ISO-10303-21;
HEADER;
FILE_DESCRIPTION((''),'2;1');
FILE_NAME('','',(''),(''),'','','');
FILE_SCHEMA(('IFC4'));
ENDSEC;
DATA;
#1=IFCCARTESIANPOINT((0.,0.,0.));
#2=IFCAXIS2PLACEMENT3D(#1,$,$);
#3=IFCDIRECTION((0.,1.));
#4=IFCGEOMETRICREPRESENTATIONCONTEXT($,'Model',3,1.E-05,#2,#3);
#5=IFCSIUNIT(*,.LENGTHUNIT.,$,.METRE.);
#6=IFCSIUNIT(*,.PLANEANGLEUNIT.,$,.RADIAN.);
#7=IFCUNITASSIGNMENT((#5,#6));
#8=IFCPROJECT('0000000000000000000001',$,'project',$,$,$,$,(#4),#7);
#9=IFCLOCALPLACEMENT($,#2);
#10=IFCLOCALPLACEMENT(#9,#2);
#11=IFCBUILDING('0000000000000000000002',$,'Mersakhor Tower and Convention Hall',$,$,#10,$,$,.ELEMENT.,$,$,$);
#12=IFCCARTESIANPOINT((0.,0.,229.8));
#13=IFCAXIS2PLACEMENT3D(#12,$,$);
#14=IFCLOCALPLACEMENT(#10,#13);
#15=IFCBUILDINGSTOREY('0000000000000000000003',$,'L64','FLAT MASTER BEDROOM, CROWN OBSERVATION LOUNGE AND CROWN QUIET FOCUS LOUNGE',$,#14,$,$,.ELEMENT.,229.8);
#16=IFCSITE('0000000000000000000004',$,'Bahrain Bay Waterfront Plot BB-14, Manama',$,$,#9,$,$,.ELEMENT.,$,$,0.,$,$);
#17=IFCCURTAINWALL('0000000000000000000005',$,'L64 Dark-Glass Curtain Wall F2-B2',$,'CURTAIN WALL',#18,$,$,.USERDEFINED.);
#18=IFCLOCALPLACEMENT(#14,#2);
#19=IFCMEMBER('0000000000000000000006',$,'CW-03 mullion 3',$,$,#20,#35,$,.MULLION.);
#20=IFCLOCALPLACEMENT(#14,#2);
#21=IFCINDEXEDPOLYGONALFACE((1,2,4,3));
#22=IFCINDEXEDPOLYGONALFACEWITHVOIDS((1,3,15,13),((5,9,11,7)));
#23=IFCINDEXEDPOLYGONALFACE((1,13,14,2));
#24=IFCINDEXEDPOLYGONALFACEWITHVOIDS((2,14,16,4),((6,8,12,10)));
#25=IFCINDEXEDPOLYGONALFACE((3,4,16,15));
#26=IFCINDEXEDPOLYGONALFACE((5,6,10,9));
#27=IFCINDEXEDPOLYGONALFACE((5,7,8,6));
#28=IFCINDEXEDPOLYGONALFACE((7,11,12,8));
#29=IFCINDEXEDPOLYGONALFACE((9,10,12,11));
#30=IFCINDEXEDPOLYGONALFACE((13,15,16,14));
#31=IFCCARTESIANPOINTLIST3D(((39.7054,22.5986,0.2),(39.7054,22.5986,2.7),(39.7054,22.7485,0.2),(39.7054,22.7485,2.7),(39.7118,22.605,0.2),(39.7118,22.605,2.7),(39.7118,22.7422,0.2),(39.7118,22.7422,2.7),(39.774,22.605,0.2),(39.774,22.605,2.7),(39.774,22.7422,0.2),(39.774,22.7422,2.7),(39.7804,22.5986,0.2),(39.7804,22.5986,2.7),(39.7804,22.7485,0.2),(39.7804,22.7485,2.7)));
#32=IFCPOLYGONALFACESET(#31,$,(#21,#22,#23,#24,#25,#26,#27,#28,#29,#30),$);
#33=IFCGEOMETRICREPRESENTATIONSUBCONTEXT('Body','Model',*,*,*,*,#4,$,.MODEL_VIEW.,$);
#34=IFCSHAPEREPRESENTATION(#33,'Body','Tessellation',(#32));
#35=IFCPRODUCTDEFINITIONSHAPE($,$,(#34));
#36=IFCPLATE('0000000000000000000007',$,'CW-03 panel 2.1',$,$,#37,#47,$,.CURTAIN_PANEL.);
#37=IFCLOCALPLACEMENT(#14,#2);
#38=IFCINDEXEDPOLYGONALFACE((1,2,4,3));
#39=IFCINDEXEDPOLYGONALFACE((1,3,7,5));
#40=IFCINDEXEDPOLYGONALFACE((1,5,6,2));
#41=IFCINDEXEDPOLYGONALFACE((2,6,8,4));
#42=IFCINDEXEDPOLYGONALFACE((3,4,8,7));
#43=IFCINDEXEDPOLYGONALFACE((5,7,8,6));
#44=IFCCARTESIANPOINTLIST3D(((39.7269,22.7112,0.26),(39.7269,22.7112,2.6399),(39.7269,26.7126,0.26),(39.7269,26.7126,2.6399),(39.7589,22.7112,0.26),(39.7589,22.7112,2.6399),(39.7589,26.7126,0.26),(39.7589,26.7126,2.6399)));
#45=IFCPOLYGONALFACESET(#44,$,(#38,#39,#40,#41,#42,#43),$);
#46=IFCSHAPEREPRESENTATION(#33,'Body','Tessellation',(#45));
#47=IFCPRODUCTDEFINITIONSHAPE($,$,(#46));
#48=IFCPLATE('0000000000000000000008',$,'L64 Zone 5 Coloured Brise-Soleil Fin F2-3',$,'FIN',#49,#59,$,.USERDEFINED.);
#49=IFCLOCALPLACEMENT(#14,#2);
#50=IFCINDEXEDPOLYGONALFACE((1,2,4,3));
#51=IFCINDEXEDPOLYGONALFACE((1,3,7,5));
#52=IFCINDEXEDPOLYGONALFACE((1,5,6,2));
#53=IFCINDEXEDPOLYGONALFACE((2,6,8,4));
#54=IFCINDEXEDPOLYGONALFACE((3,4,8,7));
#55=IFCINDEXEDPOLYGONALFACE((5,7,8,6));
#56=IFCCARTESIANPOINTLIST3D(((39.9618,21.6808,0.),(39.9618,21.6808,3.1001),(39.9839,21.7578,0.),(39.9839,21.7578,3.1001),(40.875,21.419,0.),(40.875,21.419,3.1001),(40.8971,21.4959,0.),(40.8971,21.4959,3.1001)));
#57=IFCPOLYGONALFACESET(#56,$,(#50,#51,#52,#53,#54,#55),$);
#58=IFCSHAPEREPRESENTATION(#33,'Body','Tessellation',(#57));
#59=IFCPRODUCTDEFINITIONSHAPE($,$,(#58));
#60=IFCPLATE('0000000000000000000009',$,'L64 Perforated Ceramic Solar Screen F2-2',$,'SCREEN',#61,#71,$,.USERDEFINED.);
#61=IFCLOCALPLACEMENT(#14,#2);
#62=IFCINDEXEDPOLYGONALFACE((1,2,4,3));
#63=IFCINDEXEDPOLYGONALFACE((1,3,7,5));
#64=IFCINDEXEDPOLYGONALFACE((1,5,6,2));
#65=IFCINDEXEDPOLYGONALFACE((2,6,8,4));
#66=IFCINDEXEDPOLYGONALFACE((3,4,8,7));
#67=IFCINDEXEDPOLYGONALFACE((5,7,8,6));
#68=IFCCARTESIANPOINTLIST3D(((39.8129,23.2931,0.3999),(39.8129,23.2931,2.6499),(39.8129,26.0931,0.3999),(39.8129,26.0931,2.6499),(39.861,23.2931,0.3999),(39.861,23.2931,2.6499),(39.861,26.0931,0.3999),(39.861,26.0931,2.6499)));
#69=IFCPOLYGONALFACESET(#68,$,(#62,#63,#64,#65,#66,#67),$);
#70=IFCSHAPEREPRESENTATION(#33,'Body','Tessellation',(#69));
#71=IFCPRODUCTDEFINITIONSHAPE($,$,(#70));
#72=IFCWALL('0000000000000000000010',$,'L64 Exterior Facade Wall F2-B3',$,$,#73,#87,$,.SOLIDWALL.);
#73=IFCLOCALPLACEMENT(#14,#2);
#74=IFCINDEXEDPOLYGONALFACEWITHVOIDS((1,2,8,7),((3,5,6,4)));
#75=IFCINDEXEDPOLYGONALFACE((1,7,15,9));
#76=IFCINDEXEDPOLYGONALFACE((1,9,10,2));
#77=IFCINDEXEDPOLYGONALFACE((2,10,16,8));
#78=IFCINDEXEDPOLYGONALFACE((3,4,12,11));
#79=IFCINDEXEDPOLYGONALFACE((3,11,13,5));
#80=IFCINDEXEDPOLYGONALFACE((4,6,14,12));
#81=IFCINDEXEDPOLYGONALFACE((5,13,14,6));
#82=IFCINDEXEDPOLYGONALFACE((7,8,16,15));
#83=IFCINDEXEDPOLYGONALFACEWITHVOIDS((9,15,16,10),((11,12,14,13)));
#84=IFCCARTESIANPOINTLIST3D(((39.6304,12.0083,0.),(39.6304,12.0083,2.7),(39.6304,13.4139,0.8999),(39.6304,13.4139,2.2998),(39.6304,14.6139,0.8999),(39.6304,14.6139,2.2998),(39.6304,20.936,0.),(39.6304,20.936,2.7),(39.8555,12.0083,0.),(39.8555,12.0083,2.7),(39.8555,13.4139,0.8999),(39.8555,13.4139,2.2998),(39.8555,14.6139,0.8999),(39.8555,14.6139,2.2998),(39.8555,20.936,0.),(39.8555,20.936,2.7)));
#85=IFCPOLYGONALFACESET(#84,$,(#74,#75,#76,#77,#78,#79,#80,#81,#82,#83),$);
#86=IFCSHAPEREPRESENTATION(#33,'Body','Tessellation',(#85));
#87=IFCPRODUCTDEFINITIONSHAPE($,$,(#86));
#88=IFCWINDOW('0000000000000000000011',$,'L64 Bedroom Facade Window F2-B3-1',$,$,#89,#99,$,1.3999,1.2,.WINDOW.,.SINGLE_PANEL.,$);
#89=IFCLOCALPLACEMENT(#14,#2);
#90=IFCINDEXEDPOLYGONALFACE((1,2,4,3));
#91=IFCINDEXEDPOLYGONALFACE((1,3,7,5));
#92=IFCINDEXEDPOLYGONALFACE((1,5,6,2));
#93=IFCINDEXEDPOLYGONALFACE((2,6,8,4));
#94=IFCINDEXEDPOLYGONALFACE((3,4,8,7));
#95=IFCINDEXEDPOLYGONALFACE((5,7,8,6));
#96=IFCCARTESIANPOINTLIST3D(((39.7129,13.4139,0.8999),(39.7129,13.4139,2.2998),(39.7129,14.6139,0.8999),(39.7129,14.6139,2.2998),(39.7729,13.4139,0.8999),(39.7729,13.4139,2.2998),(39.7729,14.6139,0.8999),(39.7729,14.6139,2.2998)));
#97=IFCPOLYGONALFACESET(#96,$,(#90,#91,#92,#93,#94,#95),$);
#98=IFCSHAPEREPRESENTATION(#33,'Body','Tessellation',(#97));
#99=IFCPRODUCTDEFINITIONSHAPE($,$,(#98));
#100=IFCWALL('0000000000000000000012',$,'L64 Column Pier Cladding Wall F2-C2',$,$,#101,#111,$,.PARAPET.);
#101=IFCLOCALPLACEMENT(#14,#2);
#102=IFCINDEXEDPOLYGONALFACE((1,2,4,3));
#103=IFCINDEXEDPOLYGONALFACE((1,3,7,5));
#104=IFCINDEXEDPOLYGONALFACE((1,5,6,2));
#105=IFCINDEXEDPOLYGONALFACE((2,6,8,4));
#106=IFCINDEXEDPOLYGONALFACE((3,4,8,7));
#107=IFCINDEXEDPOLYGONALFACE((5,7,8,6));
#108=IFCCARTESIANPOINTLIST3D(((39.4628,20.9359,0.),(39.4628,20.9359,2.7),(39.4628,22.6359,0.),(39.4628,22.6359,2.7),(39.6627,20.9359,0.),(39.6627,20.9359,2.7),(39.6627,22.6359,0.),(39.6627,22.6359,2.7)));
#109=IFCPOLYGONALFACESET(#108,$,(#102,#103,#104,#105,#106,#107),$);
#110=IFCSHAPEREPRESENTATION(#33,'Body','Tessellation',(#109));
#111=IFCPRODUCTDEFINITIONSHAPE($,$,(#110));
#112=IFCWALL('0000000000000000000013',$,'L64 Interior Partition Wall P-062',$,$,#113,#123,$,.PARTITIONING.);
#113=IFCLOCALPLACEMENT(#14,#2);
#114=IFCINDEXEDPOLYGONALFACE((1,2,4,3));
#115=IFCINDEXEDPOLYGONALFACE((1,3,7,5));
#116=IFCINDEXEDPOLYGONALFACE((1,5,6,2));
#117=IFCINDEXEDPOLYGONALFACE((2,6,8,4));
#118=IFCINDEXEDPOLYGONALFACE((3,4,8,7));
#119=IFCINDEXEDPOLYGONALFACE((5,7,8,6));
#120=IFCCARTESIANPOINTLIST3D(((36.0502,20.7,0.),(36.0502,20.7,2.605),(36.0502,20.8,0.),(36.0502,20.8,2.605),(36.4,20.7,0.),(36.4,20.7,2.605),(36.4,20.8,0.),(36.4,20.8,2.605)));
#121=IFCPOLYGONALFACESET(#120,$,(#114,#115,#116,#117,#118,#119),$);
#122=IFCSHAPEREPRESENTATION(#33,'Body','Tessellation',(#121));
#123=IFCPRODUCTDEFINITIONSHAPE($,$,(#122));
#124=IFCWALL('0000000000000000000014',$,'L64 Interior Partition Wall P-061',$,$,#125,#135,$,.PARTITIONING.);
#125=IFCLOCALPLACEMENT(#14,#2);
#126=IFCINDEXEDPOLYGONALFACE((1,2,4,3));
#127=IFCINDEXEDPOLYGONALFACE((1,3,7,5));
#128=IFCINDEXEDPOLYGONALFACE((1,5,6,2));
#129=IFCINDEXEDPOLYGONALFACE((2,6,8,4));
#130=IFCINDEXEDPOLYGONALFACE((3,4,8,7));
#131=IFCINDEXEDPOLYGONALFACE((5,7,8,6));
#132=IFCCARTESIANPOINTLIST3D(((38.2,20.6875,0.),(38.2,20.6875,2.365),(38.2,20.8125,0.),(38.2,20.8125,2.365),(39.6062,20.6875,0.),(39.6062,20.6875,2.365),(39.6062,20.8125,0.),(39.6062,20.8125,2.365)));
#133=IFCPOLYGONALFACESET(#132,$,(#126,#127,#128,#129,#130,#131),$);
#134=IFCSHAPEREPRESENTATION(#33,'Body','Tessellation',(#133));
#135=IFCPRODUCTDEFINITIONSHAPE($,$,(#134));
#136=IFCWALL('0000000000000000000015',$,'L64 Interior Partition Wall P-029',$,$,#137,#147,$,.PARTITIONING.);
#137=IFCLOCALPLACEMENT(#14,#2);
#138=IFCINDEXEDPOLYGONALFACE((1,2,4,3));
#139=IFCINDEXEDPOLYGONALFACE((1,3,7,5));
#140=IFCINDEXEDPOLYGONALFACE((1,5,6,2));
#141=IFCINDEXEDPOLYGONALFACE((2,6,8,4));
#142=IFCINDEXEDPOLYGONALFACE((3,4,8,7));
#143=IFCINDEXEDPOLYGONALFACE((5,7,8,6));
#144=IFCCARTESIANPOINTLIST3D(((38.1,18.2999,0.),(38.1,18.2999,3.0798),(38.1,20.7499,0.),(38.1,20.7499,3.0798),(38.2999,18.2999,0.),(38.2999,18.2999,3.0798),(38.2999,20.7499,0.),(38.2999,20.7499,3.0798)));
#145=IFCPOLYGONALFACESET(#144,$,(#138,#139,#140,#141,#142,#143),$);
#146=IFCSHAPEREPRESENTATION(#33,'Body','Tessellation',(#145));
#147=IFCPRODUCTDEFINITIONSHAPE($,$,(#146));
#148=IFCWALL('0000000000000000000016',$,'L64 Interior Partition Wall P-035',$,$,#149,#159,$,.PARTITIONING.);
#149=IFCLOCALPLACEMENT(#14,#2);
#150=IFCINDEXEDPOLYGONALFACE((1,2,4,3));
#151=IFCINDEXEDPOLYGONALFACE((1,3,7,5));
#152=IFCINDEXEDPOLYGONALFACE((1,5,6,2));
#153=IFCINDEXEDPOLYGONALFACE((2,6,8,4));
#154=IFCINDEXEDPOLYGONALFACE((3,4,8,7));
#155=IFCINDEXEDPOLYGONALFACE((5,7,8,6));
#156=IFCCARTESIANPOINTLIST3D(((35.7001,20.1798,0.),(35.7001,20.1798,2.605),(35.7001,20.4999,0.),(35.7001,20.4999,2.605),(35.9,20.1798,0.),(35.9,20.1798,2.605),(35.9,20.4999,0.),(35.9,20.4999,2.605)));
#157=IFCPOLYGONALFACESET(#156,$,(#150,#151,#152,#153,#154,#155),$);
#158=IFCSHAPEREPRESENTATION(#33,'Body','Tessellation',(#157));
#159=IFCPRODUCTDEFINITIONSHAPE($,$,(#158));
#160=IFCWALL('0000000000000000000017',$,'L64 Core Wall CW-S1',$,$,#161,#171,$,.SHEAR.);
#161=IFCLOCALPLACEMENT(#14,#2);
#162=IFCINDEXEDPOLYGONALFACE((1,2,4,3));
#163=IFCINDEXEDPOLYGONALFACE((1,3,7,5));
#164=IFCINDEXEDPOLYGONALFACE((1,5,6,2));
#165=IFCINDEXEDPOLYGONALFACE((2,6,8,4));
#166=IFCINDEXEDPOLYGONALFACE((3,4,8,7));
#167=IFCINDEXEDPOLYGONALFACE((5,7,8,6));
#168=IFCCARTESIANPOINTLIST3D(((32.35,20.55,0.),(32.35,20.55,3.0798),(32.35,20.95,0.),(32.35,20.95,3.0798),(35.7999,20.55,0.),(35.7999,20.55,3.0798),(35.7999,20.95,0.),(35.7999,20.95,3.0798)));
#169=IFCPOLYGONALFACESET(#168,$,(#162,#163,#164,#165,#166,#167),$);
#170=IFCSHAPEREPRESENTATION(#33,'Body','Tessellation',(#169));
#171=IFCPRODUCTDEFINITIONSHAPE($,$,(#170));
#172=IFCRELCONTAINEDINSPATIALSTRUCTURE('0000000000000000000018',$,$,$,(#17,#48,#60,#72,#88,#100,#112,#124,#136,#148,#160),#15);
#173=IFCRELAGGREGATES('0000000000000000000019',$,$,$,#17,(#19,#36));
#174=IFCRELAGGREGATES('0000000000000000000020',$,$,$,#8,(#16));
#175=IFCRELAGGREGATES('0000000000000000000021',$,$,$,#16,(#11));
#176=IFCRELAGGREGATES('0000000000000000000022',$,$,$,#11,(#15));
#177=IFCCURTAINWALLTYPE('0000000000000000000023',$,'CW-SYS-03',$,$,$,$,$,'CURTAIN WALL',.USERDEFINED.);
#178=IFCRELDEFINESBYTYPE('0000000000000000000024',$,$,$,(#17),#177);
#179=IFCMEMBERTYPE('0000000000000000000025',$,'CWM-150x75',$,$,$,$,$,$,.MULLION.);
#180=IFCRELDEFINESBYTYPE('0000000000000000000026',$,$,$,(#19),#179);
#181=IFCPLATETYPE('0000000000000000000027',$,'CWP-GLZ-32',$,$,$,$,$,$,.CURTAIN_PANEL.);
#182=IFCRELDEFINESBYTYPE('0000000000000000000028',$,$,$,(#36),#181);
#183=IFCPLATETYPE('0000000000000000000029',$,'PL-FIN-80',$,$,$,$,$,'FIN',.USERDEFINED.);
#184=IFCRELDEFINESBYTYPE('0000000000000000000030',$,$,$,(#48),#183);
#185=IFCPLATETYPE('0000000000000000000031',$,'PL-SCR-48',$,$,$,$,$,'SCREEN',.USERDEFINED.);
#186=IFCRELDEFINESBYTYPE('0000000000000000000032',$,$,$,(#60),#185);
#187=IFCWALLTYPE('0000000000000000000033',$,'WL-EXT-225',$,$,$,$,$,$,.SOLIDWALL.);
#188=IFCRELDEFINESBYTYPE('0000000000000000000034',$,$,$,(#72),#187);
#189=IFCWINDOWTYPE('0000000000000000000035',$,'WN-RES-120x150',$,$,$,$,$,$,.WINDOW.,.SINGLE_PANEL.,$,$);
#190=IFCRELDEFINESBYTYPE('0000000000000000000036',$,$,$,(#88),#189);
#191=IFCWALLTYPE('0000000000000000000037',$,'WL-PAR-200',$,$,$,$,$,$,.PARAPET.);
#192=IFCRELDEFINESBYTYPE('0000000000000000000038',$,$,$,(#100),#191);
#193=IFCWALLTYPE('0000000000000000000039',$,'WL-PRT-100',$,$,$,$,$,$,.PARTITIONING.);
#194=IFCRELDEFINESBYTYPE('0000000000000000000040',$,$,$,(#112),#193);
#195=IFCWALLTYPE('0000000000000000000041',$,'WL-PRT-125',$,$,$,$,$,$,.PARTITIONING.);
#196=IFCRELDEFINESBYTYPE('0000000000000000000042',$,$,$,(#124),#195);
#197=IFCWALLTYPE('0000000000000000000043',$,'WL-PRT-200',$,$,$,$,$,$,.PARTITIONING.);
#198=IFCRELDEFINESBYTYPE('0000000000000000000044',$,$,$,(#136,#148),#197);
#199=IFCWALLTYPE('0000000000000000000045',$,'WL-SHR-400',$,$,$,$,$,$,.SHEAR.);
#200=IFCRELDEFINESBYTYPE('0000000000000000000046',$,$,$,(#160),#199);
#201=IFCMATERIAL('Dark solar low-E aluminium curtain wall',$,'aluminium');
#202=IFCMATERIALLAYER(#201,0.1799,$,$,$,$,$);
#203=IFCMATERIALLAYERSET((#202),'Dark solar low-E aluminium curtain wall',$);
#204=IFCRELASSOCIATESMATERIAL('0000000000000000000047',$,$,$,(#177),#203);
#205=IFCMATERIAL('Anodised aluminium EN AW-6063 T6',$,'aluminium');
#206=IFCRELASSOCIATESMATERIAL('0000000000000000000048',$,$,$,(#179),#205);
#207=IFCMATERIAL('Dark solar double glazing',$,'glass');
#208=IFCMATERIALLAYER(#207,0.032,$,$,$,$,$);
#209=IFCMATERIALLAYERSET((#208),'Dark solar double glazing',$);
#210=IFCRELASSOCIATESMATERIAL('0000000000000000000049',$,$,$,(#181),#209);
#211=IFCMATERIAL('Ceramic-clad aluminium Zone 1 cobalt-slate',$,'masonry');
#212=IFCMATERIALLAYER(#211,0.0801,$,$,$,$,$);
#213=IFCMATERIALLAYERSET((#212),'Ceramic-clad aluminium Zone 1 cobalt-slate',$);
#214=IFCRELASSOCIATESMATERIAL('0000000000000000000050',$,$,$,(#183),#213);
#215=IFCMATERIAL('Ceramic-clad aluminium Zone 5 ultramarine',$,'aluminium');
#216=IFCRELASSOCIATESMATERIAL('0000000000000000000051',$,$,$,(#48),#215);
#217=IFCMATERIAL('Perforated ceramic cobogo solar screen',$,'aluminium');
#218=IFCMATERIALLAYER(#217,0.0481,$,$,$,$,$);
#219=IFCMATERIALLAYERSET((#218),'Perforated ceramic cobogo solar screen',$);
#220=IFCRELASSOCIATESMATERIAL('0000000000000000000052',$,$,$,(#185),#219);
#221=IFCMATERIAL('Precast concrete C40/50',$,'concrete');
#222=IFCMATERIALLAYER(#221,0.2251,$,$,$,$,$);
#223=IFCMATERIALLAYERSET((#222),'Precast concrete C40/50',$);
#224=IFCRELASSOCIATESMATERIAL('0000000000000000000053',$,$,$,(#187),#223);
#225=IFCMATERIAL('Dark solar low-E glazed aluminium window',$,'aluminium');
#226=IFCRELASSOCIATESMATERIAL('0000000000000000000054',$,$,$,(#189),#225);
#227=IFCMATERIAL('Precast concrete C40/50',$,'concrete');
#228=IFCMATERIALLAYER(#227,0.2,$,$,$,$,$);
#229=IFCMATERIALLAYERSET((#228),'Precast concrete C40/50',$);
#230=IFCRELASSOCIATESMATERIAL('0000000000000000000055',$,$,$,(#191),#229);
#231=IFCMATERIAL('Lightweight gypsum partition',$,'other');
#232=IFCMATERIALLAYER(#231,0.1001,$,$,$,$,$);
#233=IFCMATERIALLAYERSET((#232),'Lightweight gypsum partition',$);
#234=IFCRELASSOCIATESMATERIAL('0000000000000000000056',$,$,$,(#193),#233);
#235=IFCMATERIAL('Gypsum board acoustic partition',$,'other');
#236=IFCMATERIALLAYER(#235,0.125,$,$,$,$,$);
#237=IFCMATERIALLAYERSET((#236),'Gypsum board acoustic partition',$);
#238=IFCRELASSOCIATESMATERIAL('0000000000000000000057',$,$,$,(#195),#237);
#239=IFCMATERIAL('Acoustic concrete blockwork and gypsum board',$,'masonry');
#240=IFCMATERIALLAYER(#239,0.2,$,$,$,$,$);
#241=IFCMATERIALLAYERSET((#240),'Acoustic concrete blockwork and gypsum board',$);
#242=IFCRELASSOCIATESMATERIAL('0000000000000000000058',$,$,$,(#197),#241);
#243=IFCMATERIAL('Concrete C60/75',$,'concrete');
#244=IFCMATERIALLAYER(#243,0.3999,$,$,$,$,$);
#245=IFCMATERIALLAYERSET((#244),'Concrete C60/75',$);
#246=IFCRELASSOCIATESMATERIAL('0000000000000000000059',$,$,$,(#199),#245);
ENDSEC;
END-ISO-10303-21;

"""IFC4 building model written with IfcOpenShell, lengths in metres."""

from ifc_helpers import new_model, si_unit, direction, frame, frame_2d, origin, origin_2d, place, context, subcontext, project, spatial, rectangle, hollow_rectangle, extrude, material, layer, layer_set, material_profile, profile_set, type_object, element, fill, aggregate, save


model = new_model("IFC4")

# Units and contexts
model_context = context("Model", 3, precision=1e-05, world=origin(), true_north=direction((0.0, 1.0)))
body_context = subcontext(model_context, "Body", "Model", "MODEL_VIEW")
ifc_project = project(units=[si_unit("LENGTHUNIT", "METRE"), si_unit("PLANEANGLEUNIT", "RADIAN")], contexts=[model_context])

# Site, building, storey
site_placement = place(None, origin())
site = spatial("IfcSite", under=ifc_project, at=site_placement, Name="Bahrain Bay Waterfront Plot BB-14, Manama", CompositionType="ELEMENT", RefElevation=0.0)
building_placement = place(site_placement, origin())
building = spatial("IfcBuilding", under=site, at=building_placement, Name="Mersakhor Tower and Convention Hall", CompositionType="ELEMENT")
storey_placement = place(building_placement, frame((0.0, 0.0, 229.8)))
storey = spatial("IfcBuildingStorey", under=building, at=storey_placement, Name="L64", Description="FLAT MASTER BEDROOM, CROWN OBSERVATION LOUNGE AND CROWN QUIET FOCUS LOUNGE", CompositionType="ELEMENT", Elevation=229.8)

# Curtain wall, member, plate
ifc_material_1 = material(Name="Dark solar low-E aluminium curtain wall", Category="aluminium")
ifc_layer_1 = layer(ifc_material_1, 0.1799)
ifc_layer_set_1 = layer_set([ifc_layer_1], Name="Dark solar low-E aluminium curtain wall")
curtain_wall_type = type_object("IfcCurtainWallType", Name="CW-SYS-03", ElementType="CURTAIN WALL", PredefinedType="USERDEFINED", material=ifc_layer_set_1)
curtain_wall_placement = place(storey_placement, origin())
curtain_wall = element("IfcCurtainWall", 1, at=curtain_wall_placement, inside=storey, type_object=curtain_wall_type, Name="L64 Dark-Glass Curtain Wall F2-B2", ObjectType="CURTAIN WALL", PredefinedType="USERDEFINED")
ifc_material_2 = material(Name="Anodised aluminium EN AW-6063 T6", Category="aluminium")
ifc_material_profile = material_profile(ifc_material_2, hollow_rectangle(XDim=0.075, YDim=0.1499, WallThickness=0.0063, at=origin_2d()), Name="RHS 150x75x6.3")
ifc_profile_set = profile_set([ifc_material_profile], Name="Anodised aluminium EN AW-6063 T6")
member_type = type_object("IfcMemberType", Name="CWM-150x75", PredefinedType="MULLION", material=ifc_profile_set)
member_placement = place(storey_placement, frame((39.7429, 22.6736, 0.2), z_axis=(0.0, 0.0, 1.0), x_axis=(1.0, 0.0, 0.0)))
member = element("IfcMember", 2, at=member_placement, type_object=member_type, Name="CW-03 mullion 3", PredefinedType="MULLION", context=body_context, shape_type="SweptSolid", body=[
    extrude(hollow_rectangle(XDim=0.075, YDim=0.1499, WallThickness=0.0063, at=origin_2d()), origin(), (0.0, 0.0, 1.0), 2.5),
])
ifc_material_3 = material(Name="Dark solar double glazing", Category="glass")
ifc_layer_2 = layer(ifc_material_3, 0.032)
ifc_layer_set_2 = layer_set([ifc_layer_2], Name="Dark solar double glazing")
plate_type_1 = type_object("IfcPlateType", Name="CWP-GLZ-32", PredefinedType="CURTAIN_PANEL", material=ifc_layer_set_2)
plate_1_placement = place(storey_placement, frame((39.7429, 24.7119, 0.26), z_axis=(0.0, 0.0, 1.0), x_axis=(0.0, -1.0, 0.0)))
plate_1 = element("IfcPlate", 3, at=plate_1_placement, type_object=plate_type_1, Name="CW-03 panel 2.1", PredefinedType="CURTAIN_PANEL", context=body_context, shape_type="SweptSolid", body=[
    extrude(rectangle(XDim=4.0015, YDim=0.032, at=origin_2d()), origin(), (0.0, 0.0, 1.0), 2.3799),
])
aggregate(curtain_wall, [member, plate_1])

# Plates
ifc_material_4 = material(Name="Ceramic-clad aluminium Zone 5 ultramarine", Category="aluminium")
ifc_material_5 = material(Name="Ceramic-clad aluminium Zone 1 cobalt-slate", Category="masonry")
ifc_layer_3 = layer(ifc_material_5, 0.0801)
ifc_layer_set_3 = layer_set([ifc_layer_3], Name="Ceramic-clad aluminium Zone 1 cobalt-slate")
plate_type_2 = type_object("IfcPlateType", Name="PL-FIN-80", ElementType="FIN", PredefinedType="USERDEFINED", material=ifc_layer_set_3)
plate_2_placement = place(storey_placement, frame((40.4294, 21.5884, 0.0), z_axis=(0.0, 0.0, 1.0), x_axis=(0.961262, -0.275637, 0.0)))
element("IfcPlate", 4, at=plate_2_placement, inside=storey, type_object=plate_type_2, material=ifc_material_4, Name="L64 Zone 5 Coloured Brise-Soleil Fin F2-3", ObjectType="FIN", PredefinedType="USERDEFINED", context=body_context, shape_type="SweptSolid", body=[
    extrude(rectangle(XDim=0.95, YDim=0.0801, at=origin_2d()), origin(), (0.0, 0.0, 1.0), 3.1001),
])
ifc_material_6 = material(Name="Perforated ceramic cobogo solar screen", Category="aluminium")
ifc_layer_4 = layer(ifc_material_6, 0.0481)
ifc_layer_set_4 = layer_set([ifc_layer_4], Name="Perforated ceramic cobogo solar screen")
plate_type_3 = type_object("IfcPlateType", Name="PL-SCR-48", ElementType="SCREEN", PredefinedType="USERDEFINED", material=ifc_layer_set_4)
plate_3_placement = place(storey_placement, frame((39.8369, 24.6931, 0.3999), z_axis=(0.0, 0.0, 1.0), x_axis=(0.0, -1.0, 0.0)))
element("IfcPlate", 5, at=plate_3_placement, inside=storey, type_object=plate_type_3, Name="L64 Perforated Ceramic Solar Screen F2-2", ObjectType="SCREEN", PredefinedType="USERDEFINED", context=body_context, shape_type="SweptSolid", body=[
    extrude(rectangle(XDim=2.8, YDim=0.0481, at=origin_2d()), origin(), (0.0, 0.0, 1.0), 2.25),
])

# Wall, opening, window
ifc_material_7 = material(Name="Precast concrete C40/50", Category="concrete")
ifc_layer_5 = layer(ifc_material_7, 0.2251)
ifc_layer_set_5 = layer_set([ifc_layer_5], Name="Precast concrete C40/50")
wall_type_1 = type_object("IfcWallType", Name="WL-EXT-225", PredefinedType="SOLIDWALL", material=ifc_layer_set_5)
wall_1_placement = place(storey_placement, frame((39.7429, 20.936, 0.0), z_axis=(0.0, 0.0, 1.0), x_axis=(0.0, -1.0, 0.0)))
wall_1 = element("IfcWall", 6, at=wall_1_placement, inside=storey, type_object=wall_type_1, Name="L64 Exterior Facade Wall F2-B3", PredefinedType="SOLIDWALL", context=body_context, shape_type="SweptSolid", body=[
    extrude(rectangle(XDim=8.9277, YDim=0.2251, at=frame_2d((4.4639, 0.0))), origin(), (0.0, 0.0, 1.0), 2.7),
])
opening_1_placement = place(wall_1_placement, frame((6.322, 0.0, 0.8999)))
opening_1 = element("IfcOpeningElement", 7, at=opening_1_placement, cuts=wall_1, PredefinedType="OPENING", context=body_context, shape_type="SweptSolid", body=[
    extrude(rectangle(XDim=1.2, YDim=1.3999, at=frame_2d((0.6001, 0.7))), frame((0.0, 0.1226, 0.0), z_axis=(0.0, -1.0, 0.0), x_axis=(1.0, 0.0, 0.0)), (0.0, 0.0, 1.0), 0.2451),
])
ifc_material_8 = material(Name="Dark solar low-E glazed aluminium window", Category="aluminium")
window_type = type_object("IfcWindowType", Name="WN-RES-120x150", PartitioningType="SINGLE_PANEL", PredefinedType="WINDOW", material=ifc_material_8)
window_placement = place(opening_1_placement, origin())
window = element("IfcWindow", 8, at=window_placement, inside=storey, type_object=window_type, Name="L64 Bedroom Facade Window F2-B3-1", OverallHeight=1.3999, OverallWidth=1.2, PartitioningType="SINGLE_PANEL", PredefinedType="WINDOW", context=body_context, shape_type="SweptSolid", body=[
    extrude(rectangle(XDim=1.2, YDim=1.3999, at=frame_2d((0.6001, 0.7))), frame((0.0, 0.03, 0.0), z_axis=(0.0, -1.0, 0.0), x_axis=(1.0, 0.0, 0.0)), (0.0, 0.0, 1.0), 0.0601),
])
fill(opening_1, window)

# Walls
ifc_material_9 = material(Name="Precast concrete C40/50", Category="concrete")
ifc_layer_6 = layer(ifc_material_9, 0.2)
ifc_layer_set_6 = layer_set([ifc_layer_6], Name="Precast concrete C40/50")
wall_type_2 = type_object("IfcWallType", Name="WL-PAR-200", PredefinedType="PARAPET", material=ifc_layer_set_6)
wall_2_placement = place(storey_placement, frame((39.5627, 22.636, 0.0), z_axis=(0.0, 0.0, 1.0), x_axis=(0.0, -1.0, 0.0)))
element("IfcWall", 9, at=wall_2_placement, inside=storey, type_object=wall_type_2, Name="L64 Column Pier Cladding Wall F2-C2", PredefinedType="PARAPET", context=body_context, shape_type="SweptSolid", body=[
    extrude(rectangle(XDim=1.7, YDim=0.2, at=frame_2d((0.8501, 0.0))), origin(), (0.0, 0.0, 1.0), 2.7),
])
ifc_material_10 = material(Name="Lightweight gypsum partition", Category="other")
ifc_layer_7 = layer(ifc_material_10, 0.1001)
ifc_layer_set_7 = layer_set([ifc_layer_7], Name="Lightweight gypsum partition")
wall_type_3 = type_object("IfcWallType", Name="WL-PRT-100", PredefinedType="PARTITIONING", material=ifc_layer_set_7)
wall_3_placement = place(storey_placement, frame((36.3999, 20.75, 0.0), z_axis=(0.0, 0.0, 1.0), x_axis=(-1.0, 0.0, 0.0)))
element("IfcWall", 10, at=wall_3_placement, inside=storey, type_object=wall_type_3, Name="L64 Interior Partition Wall P-062", PredefinedType="PARTITIONING", context=body_context, shape_type="SweptSolid", body=[
    extrude(rectangle(XDim=0.3499, YDim=0.1001, at=frame_2d((0.1748, 0.0))), origin(), (0.0, 0.0, 1.0), 2.605),
])
ifc_material_11 = material(Name="Gypsum board acoustic partition", Category="other")
ifc_layer_8 = layer(ifc_material_11, 0.125)
ifc_layer_set_8 = layer_set([ifc_layer_8], Name="Gypsum board acoustic partition")
wall_type_4 = type_object("IfcWallType", Name="WL-PRT-125", PredefinedType="PARTITIONING", material=ifc_layer_set_8)
wall_4_placement = place(storey_placement, frame((39.6062, 20.75, 0.0), z_axis=(0.0, 0.0, 1.0), x_axis=(-1.0, 0.0, 0.0)))
element("IfcWall", 11, at=wall_4_placement, inside=storey, type_object=wall_type_4, Name="L64 Interior Partition Wall P-061", PredefinedType="PARTITIONING", context=body_context, shape_type="SweptSolid", body=[
    extrude(rectangle(XDim=1.4062, YDim=0.125, at=frame_2d((0.7031, 0.0))), origin(), (0.0, 0.0, 1.0), 2.365),
])

# Shared definitions
ifc_material_12 = material(Name="Acoustic concrete blockwork and gypsum board", Category="masonry")
ifc_layer_9 = layer(ifc_material_12, 0.2)
ifc_layer_set_9 = layer_set([ifc_layer_9], Name="Acoustic concrete blockwork and gypsum board")
wall_type_5 = type_object("IfcWallType", Name="WL-PRT-200", PredefinedType="PARTITIONING", material=ifc_layer_set_9)

# Walls
wall_5_placement = place(storey_placement, frame((38.2, 20.75, 0.0), z_axis=(0.0, 0.0, 1.0), x_axis=(0.0, -1.0, 0.0)))
element("IfcWall", 12, at=wall_5_placement, inside=storey, type_object=wall_type_5, Name="L64 Interior Partition Wall P-029", PredefinedType="PARTITIONING", context=body_context, shape_type="SweptSolid", body=[
    extrude(rectangle(XDim=2.45, YDim=0.2, at=frame_2d((1.2251, 0.0))), origin(), (0.0, 0.0, 1.0), 3.0798),
])
wall_6_placement = place(storey_placement, frame((35.8, 20.5, 0.0), z_axis=(0.0, 0.0, 1.0), x_axis=(0.0, -1.0, 0.0)))
element("IfcWall", 13, at=wall_6_placement, inside=storey, type_object=wall_type_5, Name="L64 Interior Partition Wall P-035", PredefinedType="PARTITIONING", context=body_context, shape_type="SweptSolid", body=[
    extrude(rectangle(XDim=0.3201, YDim=0.2, at=frame_2d((0.1602, 0.0))), origin(), (0.0, 0.0, 1.0), 2.605),
])
ifc_material_13 = material(Name="Concrete C60/75", Category="concrete")
ifc_layer_10 = layer(ifc_material_13, 0.3999)
ifc_layer_set_10 = layer_set([ifc_layer_10], Name="Concrete C60/75")
wall_type_6 = type_object("IfcWallType", Name="WL-SHR-400", PredefinedType="SHEAR", material=ifc_layer_set_10)
wall_7_placement = place(storey_placement, frame((35.8, 20.75, 0.0), z_axis=(0.0, 0.0, 1.0), x_axis=(-1.0, 0.0, 0.0)))
element("IfcWall", 14, at=wall_7_placement, inside=storey, type_object=wall_type_6, Name="L64 Core Wall CW-S1", PredefinedType="SHEAR", context=body_context, shape_type="SweptSolid", body=[
    extrude(rectangle(XDim=3.45, YDim=0.3999, at=frame_2d((1.7251, 0.0))), origin(), (0.0, 0.0, 1.0), 3.0798),
])

save(model, "model.ifc")
